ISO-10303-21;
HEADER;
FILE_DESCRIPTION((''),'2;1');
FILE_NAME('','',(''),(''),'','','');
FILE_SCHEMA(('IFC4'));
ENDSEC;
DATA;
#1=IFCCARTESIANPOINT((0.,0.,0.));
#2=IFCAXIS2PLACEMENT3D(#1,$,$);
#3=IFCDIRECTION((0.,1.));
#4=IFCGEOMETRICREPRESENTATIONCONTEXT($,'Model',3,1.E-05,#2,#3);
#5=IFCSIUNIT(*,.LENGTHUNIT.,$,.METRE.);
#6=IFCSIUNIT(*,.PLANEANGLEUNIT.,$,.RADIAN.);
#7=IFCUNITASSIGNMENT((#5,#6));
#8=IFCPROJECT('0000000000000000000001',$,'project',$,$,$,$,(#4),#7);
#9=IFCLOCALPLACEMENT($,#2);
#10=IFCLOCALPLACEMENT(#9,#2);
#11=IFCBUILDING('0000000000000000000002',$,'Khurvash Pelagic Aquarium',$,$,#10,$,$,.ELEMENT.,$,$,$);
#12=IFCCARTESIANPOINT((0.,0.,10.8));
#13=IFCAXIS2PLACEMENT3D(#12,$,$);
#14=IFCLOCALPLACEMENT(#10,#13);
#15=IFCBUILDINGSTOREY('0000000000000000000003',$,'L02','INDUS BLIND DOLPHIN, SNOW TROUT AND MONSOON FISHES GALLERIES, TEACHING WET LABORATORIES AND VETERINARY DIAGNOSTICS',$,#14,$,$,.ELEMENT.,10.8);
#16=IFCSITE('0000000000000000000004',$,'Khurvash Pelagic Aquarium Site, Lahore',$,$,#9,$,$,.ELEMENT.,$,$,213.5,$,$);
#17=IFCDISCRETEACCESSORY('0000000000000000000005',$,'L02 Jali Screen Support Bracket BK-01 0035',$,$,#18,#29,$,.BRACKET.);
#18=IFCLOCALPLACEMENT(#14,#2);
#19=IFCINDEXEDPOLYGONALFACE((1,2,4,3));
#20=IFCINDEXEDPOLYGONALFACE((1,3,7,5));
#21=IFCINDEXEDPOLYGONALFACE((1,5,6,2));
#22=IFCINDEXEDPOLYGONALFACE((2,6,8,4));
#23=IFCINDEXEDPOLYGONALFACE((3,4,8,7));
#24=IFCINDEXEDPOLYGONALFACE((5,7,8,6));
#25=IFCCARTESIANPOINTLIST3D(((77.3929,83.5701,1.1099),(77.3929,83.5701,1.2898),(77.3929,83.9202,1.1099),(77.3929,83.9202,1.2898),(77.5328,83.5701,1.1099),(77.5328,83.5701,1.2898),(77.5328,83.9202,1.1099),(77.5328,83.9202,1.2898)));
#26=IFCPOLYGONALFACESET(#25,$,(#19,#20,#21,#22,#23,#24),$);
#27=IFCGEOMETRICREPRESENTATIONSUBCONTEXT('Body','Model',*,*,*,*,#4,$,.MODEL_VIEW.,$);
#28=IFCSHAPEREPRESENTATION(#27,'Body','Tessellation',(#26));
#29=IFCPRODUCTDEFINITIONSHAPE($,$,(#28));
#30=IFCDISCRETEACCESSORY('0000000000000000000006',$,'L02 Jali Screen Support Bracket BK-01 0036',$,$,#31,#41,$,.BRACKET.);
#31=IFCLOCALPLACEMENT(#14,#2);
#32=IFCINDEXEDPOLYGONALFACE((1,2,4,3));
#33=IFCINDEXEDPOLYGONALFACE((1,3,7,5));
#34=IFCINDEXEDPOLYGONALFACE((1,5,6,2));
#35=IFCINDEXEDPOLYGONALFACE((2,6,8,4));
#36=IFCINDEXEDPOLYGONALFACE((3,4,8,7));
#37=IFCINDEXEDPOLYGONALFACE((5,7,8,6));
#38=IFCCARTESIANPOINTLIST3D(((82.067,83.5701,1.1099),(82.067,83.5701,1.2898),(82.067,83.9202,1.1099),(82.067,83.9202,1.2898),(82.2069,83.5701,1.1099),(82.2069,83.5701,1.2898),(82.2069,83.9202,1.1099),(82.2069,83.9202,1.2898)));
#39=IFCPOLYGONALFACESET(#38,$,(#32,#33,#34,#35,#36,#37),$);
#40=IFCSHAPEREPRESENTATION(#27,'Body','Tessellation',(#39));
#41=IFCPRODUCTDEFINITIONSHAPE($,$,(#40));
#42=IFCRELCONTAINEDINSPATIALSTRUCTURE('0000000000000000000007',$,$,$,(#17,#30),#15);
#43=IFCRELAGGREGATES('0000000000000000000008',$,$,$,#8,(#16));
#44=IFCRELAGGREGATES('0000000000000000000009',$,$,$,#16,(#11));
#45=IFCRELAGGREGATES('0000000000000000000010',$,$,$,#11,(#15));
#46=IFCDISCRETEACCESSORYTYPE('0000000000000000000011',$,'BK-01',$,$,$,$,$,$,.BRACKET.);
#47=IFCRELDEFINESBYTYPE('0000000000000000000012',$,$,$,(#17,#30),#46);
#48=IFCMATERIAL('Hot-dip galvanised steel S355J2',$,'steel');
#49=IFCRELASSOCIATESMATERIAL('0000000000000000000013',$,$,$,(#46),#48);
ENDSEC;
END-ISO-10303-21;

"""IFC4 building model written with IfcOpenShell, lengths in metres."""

from ifc_helpers import new_model, si_unit, direction, frame, origin, origin_2d, place, context, subcontext, project, spatial, rectangle, extrude, material, type_object, element, save


model = new_model("IFC4")

# Units and contexts
model_context = context("Model", 3, precision=1e-05, world=origin(), true_north=direction((0.0, 1.0)))
body_context = subcontext(model_context, "Body", "Model", "MODEL_VIEW")
ifc_project = project(units=[si_unit("LENGTHUNIT", "METRE"), si_unit("PLANEANGLEUNIT", "RADIAN")], contexts=[model_context])

# Site, building, storey
site_placement = place(None, origin())
site = spatial("IfcSite", under=ifc_project, at=site_placement, Name="Khurvash Pelagic Aquarium Site, Lahore", CompositionType="ELEMENT", RefElevation=213.5)
building_placement = place(site_placement, origin())
building = spatial("IfcBuilding", under=site, at=building_placement, Name="Khurvash Pelagic Aquarium", CompositionType="ELEMENT")
storey_placement = place(building_placement, frame((0.0, 0.0, 10.8)))
storey = spatial("IfcBuildingStorey", under=building, at=storey_placement, Name="L02", Description="INDUS BLIND DOLPHIN, SNOW TROUT AND MONSOON FISHES GALLERIES, TEACHING WET LABORATORIES AND VETERINARY DIAGNOSTICS", CompositionType="ELEMENT", Elevation=10.8)

# Discrete accessories
ifc_material_1 = material(Name="Hot-dip galvanised steel S355J2", Category="steel")
discrete_accessory_type = type_object("IfcDiscreteAccessoryType", Name="BK-01", PredefinedType="BRACKET", material=ifc_material_1)
for number, where, z_axis, x_axis, name in (
    (1, (77.4629, 83.7451, 1.1099), (0.0, 0.0, 1.0), (1.0, 0.0, 0.0), "L02 Jali Screen Support Bracket BK-01 0035"),
    (2, (82.137, 83.7451, 1.1099), (0.0, 0.0, 1.0), (1.0, 0.0, 0.0), "L02 Jali Screen Support Bracket BK-01 0036"),
):
    element("IfcDiscreteAccessory", number, at=place(storey_placement, frame(where, z_axis=z_axis, x_axis=x_axis)), inside=storey, type_object=discrete_accessory_type, Name=name, PredefinedType="BRACKET", context=body_context, shape_type="SweptSolid", body=[
        extrude(rectangle(XDim=0.1399, YDim=0.3501, at=origin_2d()), origin(), (0.0, 0.0, 1.0), 0.1799),
    ])

save(model, "model.ifc")
